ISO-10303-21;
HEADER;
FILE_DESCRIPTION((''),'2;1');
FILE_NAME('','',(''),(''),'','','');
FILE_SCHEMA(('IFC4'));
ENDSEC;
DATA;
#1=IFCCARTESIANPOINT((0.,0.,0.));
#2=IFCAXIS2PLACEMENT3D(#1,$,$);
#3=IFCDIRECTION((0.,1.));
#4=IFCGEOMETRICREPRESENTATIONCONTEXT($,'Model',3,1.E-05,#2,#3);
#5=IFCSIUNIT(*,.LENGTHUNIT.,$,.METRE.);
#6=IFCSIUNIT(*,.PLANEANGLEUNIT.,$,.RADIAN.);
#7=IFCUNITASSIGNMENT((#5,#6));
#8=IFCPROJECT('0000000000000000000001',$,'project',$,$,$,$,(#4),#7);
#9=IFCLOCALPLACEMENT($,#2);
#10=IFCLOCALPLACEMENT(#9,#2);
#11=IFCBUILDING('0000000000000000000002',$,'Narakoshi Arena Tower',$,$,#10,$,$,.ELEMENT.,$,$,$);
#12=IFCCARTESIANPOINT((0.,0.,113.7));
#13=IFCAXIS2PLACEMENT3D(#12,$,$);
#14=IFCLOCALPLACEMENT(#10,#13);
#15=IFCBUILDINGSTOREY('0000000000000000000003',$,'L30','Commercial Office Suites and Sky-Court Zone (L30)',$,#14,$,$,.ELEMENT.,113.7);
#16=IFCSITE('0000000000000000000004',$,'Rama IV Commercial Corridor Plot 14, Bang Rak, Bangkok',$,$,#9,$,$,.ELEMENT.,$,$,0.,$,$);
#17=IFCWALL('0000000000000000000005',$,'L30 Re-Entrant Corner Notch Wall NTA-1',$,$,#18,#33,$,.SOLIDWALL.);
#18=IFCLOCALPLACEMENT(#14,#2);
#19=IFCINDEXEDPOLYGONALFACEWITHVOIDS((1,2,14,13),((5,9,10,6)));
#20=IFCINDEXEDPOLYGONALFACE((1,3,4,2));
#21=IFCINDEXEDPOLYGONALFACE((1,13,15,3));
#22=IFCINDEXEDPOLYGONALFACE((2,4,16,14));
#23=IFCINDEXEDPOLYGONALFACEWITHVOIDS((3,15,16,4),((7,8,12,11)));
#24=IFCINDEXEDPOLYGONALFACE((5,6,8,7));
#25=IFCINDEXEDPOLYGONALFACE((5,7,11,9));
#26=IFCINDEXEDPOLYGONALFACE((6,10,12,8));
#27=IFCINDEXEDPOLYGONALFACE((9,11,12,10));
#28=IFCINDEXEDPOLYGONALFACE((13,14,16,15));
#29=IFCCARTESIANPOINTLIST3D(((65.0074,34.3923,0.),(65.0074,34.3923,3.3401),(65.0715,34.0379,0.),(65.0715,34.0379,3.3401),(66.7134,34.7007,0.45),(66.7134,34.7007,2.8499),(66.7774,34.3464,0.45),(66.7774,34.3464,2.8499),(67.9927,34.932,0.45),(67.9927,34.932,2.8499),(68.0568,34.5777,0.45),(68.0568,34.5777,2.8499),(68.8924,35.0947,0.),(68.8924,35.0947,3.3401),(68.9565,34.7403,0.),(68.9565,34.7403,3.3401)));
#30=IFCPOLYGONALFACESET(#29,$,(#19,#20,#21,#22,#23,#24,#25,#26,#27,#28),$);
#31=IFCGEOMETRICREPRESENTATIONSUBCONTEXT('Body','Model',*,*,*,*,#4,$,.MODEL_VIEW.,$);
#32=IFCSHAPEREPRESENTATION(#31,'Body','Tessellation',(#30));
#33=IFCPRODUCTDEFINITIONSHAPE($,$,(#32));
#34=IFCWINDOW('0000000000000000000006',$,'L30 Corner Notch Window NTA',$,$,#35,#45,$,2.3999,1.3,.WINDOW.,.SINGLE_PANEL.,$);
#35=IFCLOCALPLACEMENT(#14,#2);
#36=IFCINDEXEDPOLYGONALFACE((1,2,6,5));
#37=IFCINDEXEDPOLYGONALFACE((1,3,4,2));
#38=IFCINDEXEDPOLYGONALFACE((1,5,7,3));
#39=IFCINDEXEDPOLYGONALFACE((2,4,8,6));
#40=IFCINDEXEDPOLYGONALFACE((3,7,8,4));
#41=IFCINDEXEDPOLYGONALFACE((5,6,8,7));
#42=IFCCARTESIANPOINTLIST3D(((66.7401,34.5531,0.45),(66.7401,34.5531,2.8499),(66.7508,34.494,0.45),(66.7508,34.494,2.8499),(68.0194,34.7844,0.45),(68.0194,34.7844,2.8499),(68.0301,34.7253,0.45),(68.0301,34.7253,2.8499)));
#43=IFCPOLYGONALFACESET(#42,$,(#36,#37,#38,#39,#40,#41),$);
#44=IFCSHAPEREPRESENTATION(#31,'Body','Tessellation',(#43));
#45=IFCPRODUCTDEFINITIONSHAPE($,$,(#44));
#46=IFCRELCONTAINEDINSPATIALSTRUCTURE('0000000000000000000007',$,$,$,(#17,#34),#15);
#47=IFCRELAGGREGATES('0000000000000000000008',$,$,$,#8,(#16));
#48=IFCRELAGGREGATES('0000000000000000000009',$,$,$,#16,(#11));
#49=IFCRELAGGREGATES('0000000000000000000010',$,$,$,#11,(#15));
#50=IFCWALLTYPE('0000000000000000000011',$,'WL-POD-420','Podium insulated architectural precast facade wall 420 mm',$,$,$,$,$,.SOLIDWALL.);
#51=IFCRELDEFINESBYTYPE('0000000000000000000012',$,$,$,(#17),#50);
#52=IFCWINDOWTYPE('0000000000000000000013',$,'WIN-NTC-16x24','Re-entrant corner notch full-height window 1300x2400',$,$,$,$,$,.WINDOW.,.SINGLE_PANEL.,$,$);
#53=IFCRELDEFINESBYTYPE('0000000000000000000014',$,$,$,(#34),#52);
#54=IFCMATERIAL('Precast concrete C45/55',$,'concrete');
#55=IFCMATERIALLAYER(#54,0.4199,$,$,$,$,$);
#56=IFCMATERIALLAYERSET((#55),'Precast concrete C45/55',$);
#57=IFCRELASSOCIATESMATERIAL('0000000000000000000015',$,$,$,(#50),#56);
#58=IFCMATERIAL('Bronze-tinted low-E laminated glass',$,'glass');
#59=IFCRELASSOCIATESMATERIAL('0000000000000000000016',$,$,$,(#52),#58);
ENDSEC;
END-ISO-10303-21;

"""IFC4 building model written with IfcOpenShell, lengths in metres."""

from ifc_helpers import new_model, si_unit, direction, frame, frame_2d, origin, place, context, subcontext, project, spatial, rectangle, extrude, material, layer, layer_set, type_object, element, fill, save


model = new_model("IFC4")

# Units and contexts
model_context = context("Model", 3, precision=1e-05, world=origin(), true_north=direction((0.0, 1.0)))
body_context = subcontext(model_context, "Body", "Model", "MODEL_VIEW")
ifc_project = project(units=[si_unit("LENGTHUNIT", "METRE"), si_unit("PLANEANGLEUNIT", "RADIAN")], contexts=[model_context])

# Site, building, storey
site_placement = place(None, origin())
site = spatial("IfcSite", under=ifc_project, at=site_placement, Name="Rama IV Commercial Corridor Plot 14, Bang Rak, Bangkok", CompositionType="ELEMENT", RefElevation=0.0)
building_placement = place(site_placement, origin())
building = spatial("IfcBuilding", under=site, at=building_placement, Name="Narakoshi Arena Tower", CompositionType="ELEMENT")
storey_placement = place(building_placement, frame((0.0, 0.0, 113.7)))
storey = spatial("IfcBuildingStorey", under=building, at=storey_placement, Name="L30", Description="Commercial Office Suites and Sky-Court Zone (L30)", CompositionType="ELEMENT", Elevation=113.7)

# Wall, opening, window
ifc_material_1 = material(Name="Precast concrete C45/55", Category="concrete")
ifc_layer_1 = layer(ifc_material_1, 0.4199)
ifc_layer_set_1 = layer_set([ifc_layer_1], Name="Precast concrete C45/55")
wall_type_1 = type_object("IfcWallType", Name="WL-POD-420", Description="Podium insulated architectural precast facade wall 420 mm", PredefinedType="SOLIDWALL", material=ifc_layer_set_1)
ifc_material_2 = material(Name="Bronze-tinted low-E laminated glass", Category="glass")
wall_1_placement = place(storey_placement, frame((65.0393, 34.2151, 0.0), z_axis=(0.0, 0.0, 1.0), x_axis=(0.984047, 0.177911, 0.0)))
wall_1 = element("IfcWall", 1, at=wall_1_placement, inside=storey, type_object=wall_type_1, Name="L30 Re-Entrant Corner Notch Wall NTA-1", PredefinedType="SOLIDWALL", context=body_context, shape_type="SweptSolid", body=[
    extrude(rectangle(XDim=3.948, YDim=0.3601, at=frame_2d((1.9741, 0.0))), origin(), (0.0, 0.0, 1.0), 3.3401),
])
opening_1_placement = place(wall_1_placement, frame((1.7339, 0.0, 0.45)))
opening_1 = element("IfcOpeningElement", 2, at=opening_1_placement, cuts=wall_1, PredefinedType="OPENING", context=body_context, shape_type="SweptSolid", body=[
    extrude(rectangle(XDim=1.3, YDim=2.3999, at=frame_2d((0.6499, 1.2))), frame((0.0, 0.1899, 0.0), z_axis=(0.0, -1.0, 0.0), x_axis=(1.0, 0.0, 0.0)), (0.0, 0.0, 1.0), 0.3801),
])
window_type_1 = type_object("IfcWindowType", Name="WIN-NTC-16x24", Description="Re-entrant corner notch full-height window 1300x2400", PartitioningType="SINGLE_PANEL", PredefinedType="WINDOW", material=ifc_material_2)
window_1_placement = place(opening_1_placement, origin())
window_1 = element("IfcWindow", 3, at=window_1_placement, inside=storey, type_object=window_type_1, Name="L30 Corner Notch Window NTA", OverallHeight=2.3999, OverallWidth=1.3, PartitioningType="SINGLE_PANEL", PredefinedType="WINDOW", context=body_context, shape_type="SweptSolid", body=[
    extrude(rectangle(XDim=1.3, YDim=2.3999, at=frame_2d((0.6499, 1.2))), frame((0.0, 0.03, 0.0), z_axis=(0.0, -1.0, 0.0), x_axis=(1.0, 0.0, 0.0)), (0.0, 0.0, 1.0), 0.0601),
])
fill(opening_1, window_1)

save(model, "model.ifc")
